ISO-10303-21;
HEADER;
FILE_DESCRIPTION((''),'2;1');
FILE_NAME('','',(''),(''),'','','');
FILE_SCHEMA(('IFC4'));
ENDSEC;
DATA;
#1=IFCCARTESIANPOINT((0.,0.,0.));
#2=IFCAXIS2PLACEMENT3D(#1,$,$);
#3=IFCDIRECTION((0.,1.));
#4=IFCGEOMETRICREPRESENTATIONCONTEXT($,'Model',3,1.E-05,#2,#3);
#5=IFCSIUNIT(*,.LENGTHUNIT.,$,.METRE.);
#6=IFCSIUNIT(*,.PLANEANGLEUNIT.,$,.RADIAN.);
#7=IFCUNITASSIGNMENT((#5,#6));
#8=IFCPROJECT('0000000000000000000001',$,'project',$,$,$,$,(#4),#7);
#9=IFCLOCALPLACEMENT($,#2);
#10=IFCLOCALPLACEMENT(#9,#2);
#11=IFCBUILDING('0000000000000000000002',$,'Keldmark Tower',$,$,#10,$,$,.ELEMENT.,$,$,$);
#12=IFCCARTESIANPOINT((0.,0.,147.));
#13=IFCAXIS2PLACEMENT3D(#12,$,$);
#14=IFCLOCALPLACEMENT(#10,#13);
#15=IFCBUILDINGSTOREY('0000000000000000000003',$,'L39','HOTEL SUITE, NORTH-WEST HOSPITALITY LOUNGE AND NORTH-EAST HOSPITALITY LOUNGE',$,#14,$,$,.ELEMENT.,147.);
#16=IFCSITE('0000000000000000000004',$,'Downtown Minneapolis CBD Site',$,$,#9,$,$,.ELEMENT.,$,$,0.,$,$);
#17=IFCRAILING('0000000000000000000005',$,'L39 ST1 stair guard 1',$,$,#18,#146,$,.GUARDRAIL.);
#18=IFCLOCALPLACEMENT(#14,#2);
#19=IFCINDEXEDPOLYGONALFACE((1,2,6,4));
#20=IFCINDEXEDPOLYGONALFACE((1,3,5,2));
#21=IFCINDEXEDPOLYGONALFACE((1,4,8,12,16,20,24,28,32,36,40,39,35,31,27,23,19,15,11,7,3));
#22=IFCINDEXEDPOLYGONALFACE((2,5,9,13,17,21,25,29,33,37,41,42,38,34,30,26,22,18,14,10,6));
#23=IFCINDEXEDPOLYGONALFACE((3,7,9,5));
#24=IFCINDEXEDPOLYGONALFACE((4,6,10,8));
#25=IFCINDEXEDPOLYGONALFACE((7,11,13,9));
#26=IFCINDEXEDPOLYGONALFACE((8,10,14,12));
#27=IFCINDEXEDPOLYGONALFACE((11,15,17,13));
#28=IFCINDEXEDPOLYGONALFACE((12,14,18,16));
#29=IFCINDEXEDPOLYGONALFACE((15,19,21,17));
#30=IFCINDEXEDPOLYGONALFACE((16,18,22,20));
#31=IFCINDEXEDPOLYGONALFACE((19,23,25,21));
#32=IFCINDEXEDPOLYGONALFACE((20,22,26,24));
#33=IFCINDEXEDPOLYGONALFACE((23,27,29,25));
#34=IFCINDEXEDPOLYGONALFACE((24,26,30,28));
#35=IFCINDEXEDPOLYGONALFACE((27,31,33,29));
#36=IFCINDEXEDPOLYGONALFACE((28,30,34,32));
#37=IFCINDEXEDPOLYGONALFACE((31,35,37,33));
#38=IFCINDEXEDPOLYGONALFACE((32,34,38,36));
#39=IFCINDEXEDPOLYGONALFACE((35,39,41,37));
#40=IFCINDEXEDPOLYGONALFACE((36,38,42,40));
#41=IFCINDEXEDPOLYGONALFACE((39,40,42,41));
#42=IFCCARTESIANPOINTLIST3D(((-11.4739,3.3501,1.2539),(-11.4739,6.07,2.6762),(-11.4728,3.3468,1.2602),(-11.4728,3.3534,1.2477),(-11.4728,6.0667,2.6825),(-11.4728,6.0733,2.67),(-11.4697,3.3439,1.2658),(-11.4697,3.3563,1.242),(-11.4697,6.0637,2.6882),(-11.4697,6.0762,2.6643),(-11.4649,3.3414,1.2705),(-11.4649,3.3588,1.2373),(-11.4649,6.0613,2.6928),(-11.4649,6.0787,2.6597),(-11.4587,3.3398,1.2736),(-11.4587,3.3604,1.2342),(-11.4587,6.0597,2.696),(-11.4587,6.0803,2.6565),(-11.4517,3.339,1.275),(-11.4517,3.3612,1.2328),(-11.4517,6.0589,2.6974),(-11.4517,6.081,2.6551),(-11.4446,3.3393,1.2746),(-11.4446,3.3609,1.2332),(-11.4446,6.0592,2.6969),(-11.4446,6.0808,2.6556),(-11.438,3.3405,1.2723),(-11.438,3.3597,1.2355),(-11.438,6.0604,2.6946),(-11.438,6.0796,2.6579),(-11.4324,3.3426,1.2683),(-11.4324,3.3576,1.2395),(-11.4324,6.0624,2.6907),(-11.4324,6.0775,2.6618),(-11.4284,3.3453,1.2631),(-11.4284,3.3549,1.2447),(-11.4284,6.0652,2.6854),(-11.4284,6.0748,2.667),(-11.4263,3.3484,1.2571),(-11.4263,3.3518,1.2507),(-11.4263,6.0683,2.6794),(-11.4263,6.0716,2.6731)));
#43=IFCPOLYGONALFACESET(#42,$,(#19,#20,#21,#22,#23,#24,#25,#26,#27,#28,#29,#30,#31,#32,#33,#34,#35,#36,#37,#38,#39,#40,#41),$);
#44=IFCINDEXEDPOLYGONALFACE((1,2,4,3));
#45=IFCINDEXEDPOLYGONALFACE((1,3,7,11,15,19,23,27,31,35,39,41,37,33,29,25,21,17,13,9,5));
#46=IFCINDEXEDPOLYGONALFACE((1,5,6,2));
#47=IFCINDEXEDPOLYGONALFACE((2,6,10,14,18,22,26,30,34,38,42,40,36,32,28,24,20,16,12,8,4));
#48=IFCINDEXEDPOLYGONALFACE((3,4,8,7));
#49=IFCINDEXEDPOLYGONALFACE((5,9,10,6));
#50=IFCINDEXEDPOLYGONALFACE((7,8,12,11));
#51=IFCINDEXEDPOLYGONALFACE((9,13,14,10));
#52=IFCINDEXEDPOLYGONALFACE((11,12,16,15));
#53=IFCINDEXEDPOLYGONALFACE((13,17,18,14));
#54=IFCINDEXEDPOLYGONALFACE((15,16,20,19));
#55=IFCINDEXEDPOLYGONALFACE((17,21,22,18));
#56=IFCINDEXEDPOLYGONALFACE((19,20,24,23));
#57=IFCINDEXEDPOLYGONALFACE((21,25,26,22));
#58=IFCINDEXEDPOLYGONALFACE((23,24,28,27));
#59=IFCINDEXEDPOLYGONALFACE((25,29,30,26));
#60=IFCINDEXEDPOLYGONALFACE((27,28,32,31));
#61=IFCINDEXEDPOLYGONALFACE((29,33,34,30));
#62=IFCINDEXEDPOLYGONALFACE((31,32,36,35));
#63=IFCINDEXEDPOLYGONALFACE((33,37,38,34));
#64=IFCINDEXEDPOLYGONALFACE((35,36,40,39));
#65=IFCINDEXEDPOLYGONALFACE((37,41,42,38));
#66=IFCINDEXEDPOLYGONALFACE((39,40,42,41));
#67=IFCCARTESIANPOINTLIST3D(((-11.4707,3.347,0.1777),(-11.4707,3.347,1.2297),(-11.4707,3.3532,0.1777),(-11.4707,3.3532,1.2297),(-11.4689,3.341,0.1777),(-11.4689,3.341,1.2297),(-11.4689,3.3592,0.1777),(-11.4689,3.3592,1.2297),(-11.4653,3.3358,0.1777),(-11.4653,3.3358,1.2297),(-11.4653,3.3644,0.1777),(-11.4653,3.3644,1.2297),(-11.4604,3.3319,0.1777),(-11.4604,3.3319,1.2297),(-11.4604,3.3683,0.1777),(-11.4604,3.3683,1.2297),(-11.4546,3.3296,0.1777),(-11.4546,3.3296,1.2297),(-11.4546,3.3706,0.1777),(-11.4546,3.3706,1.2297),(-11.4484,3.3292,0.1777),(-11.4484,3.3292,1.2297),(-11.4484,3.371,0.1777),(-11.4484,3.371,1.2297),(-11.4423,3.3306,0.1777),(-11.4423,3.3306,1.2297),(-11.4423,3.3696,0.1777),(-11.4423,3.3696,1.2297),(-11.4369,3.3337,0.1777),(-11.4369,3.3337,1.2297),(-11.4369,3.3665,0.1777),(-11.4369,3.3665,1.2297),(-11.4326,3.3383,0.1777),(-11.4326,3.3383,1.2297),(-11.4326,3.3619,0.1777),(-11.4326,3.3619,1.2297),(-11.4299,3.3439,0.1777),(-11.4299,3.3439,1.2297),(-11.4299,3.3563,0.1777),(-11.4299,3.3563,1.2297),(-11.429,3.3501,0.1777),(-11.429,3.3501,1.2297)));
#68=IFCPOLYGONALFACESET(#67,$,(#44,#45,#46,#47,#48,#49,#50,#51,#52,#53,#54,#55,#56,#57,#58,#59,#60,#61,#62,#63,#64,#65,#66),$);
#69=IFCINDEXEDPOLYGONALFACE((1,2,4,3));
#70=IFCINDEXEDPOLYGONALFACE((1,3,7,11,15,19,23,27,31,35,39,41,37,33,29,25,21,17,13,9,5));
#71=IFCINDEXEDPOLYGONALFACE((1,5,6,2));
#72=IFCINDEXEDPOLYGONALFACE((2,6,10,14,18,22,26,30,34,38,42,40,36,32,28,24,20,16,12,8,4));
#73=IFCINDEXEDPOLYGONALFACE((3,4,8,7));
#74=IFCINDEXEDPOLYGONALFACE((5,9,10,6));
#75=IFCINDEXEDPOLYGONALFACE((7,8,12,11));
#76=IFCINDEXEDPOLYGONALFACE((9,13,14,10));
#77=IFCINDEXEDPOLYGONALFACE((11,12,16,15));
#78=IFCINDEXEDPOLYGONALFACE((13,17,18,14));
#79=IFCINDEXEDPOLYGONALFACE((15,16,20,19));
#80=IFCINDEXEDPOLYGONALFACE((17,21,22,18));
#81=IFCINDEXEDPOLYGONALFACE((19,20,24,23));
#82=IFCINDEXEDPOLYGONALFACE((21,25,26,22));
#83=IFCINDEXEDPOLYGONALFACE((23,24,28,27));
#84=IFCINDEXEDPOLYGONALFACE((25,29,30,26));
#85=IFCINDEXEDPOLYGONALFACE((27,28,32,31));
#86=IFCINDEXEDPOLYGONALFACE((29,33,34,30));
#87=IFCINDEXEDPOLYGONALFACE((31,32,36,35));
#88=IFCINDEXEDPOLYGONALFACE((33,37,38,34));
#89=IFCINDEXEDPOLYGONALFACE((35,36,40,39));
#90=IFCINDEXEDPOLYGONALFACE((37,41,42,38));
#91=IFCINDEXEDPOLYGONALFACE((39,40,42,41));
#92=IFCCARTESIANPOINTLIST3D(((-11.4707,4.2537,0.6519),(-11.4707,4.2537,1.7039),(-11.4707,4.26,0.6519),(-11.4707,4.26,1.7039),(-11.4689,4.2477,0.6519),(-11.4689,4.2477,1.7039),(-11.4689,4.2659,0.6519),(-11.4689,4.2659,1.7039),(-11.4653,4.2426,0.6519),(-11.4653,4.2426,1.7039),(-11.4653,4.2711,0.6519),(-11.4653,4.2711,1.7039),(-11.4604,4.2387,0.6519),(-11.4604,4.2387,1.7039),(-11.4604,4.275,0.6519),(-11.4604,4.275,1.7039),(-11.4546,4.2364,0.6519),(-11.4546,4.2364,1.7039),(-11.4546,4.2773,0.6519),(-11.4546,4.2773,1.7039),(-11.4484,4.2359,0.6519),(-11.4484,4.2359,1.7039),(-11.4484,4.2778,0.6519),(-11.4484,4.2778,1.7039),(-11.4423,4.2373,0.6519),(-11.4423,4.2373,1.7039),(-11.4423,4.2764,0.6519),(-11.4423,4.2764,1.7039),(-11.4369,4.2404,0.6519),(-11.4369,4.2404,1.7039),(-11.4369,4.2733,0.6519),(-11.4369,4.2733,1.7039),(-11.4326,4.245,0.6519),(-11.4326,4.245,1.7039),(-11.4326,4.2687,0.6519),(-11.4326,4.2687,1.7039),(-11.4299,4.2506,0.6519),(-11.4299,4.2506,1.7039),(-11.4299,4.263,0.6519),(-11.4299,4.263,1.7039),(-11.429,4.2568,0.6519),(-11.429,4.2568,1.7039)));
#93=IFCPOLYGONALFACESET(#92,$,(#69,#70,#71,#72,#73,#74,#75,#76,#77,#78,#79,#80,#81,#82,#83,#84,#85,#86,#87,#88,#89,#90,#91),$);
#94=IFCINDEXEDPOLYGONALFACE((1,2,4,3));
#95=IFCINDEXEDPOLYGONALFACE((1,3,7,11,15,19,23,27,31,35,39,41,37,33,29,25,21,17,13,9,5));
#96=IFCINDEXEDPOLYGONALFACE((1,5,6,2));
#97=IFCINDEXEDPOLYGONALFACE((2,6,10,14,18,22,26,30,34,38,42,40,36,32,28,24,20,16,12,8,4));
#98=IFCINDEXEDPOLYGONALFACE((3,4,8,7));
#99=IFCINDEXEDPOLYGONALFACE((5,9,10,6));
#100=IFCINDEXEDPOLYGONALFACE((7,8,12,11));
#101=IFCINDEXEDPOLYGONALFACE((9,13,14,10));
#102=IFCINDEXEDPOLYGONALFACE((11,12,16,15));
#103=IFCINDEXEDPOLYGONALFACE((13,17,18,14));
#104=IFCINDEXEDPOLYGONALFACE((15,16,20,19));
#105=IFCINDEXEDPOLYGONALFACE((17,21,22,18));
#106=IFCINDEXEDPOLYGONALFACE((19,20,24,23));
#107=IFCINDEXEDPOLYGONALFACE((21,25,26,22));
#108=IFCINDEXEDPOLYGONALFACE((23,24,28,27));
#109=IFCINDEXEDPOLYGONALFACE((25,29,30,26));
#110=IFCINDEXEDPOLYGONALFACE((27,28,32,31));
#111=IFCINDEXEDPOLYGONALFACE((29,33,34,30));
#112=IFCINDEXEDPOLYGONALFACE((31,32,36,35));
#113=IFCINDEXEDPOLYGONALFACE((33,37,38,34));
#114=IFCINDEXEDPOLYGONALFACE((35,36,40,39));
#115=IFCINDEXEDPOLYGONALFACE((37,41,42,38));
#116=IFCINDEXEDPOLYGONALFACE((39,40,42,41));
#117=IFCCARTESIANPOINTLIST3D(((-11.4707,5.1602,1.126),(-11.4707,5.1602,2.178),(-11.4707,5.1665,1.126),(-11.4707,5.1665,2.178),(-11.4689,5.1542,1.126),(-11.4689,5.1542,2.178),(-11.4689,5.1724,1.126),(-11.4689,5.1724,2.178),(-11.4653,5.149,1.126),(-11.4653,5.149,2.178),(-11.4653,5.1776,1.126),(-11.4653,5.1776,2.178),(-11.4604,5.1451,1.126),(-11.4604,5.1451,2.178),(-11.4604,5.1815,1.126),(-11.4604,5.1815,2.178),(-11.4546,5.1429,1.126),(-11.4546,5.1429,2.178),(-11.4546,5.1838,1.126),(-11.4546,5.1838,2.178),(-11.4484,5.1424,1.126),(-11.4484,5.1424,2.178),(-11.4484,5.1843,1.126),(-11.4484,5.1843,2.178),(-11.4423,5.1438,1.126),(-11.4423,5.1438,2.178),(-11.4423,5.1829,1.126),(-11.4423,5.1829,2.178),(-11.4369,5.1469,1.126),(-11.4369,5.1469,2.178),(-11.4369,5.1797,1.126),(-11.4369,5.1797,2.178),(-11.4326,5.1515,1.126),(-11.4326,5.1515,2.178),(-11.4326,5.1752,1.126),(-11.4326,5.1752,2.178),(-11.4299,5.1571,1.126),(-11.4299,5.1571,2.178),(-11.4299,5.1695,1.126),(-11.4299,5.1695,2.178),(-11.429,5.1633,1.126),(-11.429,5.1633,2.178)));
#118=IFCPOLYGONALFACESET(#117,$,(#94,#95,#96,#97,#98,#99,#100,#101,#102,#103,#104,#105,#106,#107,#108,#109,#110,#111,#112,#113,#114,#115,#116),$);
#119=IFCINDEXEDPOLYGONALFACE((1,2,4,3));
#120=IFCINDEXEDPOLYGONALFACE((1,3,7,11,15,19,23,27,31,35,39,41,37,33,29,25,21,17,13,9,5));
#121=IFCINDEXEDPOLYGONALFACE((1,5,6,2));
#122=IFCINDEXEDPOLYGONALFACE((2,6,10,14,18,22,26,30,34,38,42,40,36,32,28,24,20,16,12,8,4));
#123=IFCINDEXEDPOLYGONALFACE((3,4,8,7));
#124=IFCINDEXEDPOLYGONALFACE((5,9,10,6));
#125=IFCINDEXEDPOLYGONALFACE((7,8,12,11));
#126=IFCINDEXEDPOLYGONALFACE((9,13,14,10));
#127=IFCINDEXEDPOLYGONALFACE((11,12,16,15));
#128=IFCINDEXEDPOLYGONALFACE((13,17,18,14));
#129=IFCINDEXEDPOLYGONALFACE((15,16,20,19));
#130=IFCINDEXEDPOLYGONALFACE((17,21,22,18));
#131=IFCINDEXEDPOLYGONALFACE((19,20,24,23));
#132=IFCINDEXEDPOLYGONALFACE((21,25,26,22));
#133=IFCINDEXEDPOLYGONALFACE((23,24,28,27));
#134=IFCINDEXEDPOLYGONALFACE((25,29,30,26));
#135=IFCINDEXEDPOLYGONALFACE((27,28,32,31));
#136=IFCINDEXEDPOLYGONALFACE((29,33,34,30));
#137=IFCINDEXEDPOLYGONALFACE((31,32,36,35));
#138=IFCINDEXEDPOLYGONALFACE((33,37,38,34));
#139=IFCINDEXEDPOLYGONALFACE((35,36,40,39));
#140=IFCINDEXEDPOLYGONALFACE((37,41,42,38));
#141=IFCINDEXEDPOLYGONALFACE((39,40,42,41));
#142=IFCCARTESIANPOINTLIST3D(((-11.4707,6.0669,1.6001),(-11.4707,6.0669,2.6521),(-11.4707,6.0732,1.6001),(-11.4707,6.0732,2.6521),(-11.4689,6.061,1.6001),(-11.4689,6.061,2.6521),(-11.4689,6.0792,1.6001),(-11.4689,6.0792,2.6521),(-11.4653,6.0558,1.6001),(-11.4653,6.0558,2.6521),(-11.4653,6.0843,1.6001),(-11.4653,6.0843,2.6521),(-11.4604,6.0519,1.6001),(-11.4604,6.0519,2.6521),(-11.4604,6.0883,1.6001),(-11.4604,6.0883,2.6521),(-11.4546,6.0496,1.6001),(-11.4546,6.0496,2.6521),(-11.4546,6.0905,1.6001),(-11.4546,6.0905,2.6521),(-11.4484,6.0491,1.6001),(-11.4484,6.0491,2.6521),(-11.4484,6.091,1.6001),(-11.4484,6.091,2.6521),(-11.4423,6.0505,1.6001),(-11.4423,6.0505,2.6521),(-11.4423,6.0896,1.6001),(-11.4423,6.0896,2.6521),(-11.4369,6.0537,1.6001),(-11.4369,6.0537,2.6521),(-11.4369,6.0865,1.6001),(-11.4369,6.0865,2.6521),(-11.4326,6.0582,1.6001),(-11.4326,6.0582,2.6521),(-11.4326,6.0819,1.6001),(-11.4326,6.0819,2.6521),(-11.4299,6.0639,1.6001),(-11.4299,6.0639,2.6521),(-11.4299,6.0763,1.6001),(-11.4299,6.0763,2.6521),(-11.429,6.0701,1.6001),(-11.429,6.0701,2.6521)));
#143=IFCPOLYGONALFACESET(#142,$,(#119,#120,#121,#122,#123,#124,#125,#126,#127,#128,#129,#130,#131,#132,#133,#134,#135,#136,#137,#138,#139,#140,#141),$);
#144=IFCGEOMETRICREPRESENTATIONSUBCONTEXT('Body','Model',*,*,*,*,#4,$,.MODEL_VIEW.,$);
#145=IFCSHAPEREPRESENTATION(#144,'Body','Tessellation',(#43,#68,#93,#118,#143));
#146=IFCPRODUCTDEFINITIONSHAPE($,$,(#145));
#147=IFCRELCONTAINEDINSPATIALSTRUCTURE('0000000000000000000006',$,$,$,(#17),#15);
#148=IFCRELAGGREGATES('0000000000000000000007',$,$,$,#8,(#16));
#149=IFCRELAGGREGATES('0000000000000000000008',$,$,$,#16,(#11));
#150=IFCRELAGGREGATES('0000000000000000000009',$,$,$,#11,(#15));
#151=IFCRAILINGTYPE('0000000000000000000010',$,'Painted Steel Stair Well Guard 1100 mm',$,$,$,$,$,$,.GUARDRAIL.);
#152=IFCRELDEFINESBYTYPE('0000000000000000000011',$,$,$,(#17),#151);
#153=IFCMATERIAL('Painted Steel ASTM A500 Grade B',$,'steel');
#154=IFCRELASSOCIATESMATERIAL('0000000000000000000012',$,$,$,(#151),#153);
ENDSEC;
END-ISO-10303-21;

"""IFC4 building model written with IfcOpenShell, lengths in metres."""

from ifc_helpers import new_model, si_unit, direction, frame, origin, origin_2d, place, context, subcontext, project, spatial, circle, extrude, material, type_object, element, save


model = new_model("IFC4")

# Units and contexts
model_context = context("Model", 3, precision=1e-05, world=origin(), true_north=direction((0.0, 1.0)))
body_context = subcontext(model_context, "Body", "Model", "MODEL_VIEW")
ifc_project = project(units=[si_unit("LENGTHUNIT", "METRE"), si_unit("PLANEANGLEUNIT", "RADIAN")], contexts=[model_context])

# Site, building, storey
site_placement = place(None, origin())
site = spatial("IfcSite", under=ifc_project, at=site_placement, Name="Downtown Minneapolis CBD Site", CompositionType="ELEMENT", RefElevation=0.0)
building_placement = place(site_placement, origin())
building = spatial("IfcBuilding", under=site, at=building_placement, Name="Keldmark Tower", CompositionType="ELEMENT")
storey_placement = place(building_placement, frame((0.0, 0.0, 147.0)))
storey = spatial("IfcBuildingStorey", under=building, at=storey_placement, Name="L39", Description="HOTEL SUITE, NORTH-WEST HOSPITALITY LOUNGE AND NORTH-EAST HOSPITALITY LOUNGE", CompositionType="ELEMENT", Elevation=147.0)

# Railing
ifc_material_1 = material(Name="Painted Steel ASTM A500 Grade B", Category="steel")
railing_type_1 = type_object("IfcRailingType", Name="Painted Steel Stair Well Guard 1100 mm", PredefinedType="GUARDRAIL", material=ifc_material_1)
railing_1_placement = place(storey_placement, frame((-11.45, 3.3501, 0.1777)))
element("IfcRailing", 1, at=railing_1_placement, inside=storey, type_object=railing_type_1, Name="L39 ST1 stair guard 1", PredefinedType="GUARDRAIL", context=body_context, shape_type="SweptSolid", body=[
    extrude(circle(Radius=0.0239, at=origin_2d()), frame((0.0, 0.0, 1.0762), z_axis=(0.0, 0.88615, 0.463398), x_axis=(-1.0, 0.0, 0.0)), (0.0, 0.0, 1.0), 3.0693),
    extrude(circle(Radius=0.021, at=origin_2d()), origin(), (0.0, 0.0, 1.0), 1.052),
    extrude(circle(Radius=0.021, at=origin_2d()), frame((0.0, 0.9067, 0.4741)), (0.0, 0.0, 1.0), 1.052),
    extrude(circle(Radius=0.021, at=origin_2d()), frame((0.0, 1.8132, 0.9482)), (0.0, 0.0, 1.0), 1.052),
    extrude(circle(Radius=0.021, at=origin_2d()), frame((0.0, 2.72, 1.4224)), (0.0, 0.0, 1.0), 1.052),
])

save(model, "model.ifc")
